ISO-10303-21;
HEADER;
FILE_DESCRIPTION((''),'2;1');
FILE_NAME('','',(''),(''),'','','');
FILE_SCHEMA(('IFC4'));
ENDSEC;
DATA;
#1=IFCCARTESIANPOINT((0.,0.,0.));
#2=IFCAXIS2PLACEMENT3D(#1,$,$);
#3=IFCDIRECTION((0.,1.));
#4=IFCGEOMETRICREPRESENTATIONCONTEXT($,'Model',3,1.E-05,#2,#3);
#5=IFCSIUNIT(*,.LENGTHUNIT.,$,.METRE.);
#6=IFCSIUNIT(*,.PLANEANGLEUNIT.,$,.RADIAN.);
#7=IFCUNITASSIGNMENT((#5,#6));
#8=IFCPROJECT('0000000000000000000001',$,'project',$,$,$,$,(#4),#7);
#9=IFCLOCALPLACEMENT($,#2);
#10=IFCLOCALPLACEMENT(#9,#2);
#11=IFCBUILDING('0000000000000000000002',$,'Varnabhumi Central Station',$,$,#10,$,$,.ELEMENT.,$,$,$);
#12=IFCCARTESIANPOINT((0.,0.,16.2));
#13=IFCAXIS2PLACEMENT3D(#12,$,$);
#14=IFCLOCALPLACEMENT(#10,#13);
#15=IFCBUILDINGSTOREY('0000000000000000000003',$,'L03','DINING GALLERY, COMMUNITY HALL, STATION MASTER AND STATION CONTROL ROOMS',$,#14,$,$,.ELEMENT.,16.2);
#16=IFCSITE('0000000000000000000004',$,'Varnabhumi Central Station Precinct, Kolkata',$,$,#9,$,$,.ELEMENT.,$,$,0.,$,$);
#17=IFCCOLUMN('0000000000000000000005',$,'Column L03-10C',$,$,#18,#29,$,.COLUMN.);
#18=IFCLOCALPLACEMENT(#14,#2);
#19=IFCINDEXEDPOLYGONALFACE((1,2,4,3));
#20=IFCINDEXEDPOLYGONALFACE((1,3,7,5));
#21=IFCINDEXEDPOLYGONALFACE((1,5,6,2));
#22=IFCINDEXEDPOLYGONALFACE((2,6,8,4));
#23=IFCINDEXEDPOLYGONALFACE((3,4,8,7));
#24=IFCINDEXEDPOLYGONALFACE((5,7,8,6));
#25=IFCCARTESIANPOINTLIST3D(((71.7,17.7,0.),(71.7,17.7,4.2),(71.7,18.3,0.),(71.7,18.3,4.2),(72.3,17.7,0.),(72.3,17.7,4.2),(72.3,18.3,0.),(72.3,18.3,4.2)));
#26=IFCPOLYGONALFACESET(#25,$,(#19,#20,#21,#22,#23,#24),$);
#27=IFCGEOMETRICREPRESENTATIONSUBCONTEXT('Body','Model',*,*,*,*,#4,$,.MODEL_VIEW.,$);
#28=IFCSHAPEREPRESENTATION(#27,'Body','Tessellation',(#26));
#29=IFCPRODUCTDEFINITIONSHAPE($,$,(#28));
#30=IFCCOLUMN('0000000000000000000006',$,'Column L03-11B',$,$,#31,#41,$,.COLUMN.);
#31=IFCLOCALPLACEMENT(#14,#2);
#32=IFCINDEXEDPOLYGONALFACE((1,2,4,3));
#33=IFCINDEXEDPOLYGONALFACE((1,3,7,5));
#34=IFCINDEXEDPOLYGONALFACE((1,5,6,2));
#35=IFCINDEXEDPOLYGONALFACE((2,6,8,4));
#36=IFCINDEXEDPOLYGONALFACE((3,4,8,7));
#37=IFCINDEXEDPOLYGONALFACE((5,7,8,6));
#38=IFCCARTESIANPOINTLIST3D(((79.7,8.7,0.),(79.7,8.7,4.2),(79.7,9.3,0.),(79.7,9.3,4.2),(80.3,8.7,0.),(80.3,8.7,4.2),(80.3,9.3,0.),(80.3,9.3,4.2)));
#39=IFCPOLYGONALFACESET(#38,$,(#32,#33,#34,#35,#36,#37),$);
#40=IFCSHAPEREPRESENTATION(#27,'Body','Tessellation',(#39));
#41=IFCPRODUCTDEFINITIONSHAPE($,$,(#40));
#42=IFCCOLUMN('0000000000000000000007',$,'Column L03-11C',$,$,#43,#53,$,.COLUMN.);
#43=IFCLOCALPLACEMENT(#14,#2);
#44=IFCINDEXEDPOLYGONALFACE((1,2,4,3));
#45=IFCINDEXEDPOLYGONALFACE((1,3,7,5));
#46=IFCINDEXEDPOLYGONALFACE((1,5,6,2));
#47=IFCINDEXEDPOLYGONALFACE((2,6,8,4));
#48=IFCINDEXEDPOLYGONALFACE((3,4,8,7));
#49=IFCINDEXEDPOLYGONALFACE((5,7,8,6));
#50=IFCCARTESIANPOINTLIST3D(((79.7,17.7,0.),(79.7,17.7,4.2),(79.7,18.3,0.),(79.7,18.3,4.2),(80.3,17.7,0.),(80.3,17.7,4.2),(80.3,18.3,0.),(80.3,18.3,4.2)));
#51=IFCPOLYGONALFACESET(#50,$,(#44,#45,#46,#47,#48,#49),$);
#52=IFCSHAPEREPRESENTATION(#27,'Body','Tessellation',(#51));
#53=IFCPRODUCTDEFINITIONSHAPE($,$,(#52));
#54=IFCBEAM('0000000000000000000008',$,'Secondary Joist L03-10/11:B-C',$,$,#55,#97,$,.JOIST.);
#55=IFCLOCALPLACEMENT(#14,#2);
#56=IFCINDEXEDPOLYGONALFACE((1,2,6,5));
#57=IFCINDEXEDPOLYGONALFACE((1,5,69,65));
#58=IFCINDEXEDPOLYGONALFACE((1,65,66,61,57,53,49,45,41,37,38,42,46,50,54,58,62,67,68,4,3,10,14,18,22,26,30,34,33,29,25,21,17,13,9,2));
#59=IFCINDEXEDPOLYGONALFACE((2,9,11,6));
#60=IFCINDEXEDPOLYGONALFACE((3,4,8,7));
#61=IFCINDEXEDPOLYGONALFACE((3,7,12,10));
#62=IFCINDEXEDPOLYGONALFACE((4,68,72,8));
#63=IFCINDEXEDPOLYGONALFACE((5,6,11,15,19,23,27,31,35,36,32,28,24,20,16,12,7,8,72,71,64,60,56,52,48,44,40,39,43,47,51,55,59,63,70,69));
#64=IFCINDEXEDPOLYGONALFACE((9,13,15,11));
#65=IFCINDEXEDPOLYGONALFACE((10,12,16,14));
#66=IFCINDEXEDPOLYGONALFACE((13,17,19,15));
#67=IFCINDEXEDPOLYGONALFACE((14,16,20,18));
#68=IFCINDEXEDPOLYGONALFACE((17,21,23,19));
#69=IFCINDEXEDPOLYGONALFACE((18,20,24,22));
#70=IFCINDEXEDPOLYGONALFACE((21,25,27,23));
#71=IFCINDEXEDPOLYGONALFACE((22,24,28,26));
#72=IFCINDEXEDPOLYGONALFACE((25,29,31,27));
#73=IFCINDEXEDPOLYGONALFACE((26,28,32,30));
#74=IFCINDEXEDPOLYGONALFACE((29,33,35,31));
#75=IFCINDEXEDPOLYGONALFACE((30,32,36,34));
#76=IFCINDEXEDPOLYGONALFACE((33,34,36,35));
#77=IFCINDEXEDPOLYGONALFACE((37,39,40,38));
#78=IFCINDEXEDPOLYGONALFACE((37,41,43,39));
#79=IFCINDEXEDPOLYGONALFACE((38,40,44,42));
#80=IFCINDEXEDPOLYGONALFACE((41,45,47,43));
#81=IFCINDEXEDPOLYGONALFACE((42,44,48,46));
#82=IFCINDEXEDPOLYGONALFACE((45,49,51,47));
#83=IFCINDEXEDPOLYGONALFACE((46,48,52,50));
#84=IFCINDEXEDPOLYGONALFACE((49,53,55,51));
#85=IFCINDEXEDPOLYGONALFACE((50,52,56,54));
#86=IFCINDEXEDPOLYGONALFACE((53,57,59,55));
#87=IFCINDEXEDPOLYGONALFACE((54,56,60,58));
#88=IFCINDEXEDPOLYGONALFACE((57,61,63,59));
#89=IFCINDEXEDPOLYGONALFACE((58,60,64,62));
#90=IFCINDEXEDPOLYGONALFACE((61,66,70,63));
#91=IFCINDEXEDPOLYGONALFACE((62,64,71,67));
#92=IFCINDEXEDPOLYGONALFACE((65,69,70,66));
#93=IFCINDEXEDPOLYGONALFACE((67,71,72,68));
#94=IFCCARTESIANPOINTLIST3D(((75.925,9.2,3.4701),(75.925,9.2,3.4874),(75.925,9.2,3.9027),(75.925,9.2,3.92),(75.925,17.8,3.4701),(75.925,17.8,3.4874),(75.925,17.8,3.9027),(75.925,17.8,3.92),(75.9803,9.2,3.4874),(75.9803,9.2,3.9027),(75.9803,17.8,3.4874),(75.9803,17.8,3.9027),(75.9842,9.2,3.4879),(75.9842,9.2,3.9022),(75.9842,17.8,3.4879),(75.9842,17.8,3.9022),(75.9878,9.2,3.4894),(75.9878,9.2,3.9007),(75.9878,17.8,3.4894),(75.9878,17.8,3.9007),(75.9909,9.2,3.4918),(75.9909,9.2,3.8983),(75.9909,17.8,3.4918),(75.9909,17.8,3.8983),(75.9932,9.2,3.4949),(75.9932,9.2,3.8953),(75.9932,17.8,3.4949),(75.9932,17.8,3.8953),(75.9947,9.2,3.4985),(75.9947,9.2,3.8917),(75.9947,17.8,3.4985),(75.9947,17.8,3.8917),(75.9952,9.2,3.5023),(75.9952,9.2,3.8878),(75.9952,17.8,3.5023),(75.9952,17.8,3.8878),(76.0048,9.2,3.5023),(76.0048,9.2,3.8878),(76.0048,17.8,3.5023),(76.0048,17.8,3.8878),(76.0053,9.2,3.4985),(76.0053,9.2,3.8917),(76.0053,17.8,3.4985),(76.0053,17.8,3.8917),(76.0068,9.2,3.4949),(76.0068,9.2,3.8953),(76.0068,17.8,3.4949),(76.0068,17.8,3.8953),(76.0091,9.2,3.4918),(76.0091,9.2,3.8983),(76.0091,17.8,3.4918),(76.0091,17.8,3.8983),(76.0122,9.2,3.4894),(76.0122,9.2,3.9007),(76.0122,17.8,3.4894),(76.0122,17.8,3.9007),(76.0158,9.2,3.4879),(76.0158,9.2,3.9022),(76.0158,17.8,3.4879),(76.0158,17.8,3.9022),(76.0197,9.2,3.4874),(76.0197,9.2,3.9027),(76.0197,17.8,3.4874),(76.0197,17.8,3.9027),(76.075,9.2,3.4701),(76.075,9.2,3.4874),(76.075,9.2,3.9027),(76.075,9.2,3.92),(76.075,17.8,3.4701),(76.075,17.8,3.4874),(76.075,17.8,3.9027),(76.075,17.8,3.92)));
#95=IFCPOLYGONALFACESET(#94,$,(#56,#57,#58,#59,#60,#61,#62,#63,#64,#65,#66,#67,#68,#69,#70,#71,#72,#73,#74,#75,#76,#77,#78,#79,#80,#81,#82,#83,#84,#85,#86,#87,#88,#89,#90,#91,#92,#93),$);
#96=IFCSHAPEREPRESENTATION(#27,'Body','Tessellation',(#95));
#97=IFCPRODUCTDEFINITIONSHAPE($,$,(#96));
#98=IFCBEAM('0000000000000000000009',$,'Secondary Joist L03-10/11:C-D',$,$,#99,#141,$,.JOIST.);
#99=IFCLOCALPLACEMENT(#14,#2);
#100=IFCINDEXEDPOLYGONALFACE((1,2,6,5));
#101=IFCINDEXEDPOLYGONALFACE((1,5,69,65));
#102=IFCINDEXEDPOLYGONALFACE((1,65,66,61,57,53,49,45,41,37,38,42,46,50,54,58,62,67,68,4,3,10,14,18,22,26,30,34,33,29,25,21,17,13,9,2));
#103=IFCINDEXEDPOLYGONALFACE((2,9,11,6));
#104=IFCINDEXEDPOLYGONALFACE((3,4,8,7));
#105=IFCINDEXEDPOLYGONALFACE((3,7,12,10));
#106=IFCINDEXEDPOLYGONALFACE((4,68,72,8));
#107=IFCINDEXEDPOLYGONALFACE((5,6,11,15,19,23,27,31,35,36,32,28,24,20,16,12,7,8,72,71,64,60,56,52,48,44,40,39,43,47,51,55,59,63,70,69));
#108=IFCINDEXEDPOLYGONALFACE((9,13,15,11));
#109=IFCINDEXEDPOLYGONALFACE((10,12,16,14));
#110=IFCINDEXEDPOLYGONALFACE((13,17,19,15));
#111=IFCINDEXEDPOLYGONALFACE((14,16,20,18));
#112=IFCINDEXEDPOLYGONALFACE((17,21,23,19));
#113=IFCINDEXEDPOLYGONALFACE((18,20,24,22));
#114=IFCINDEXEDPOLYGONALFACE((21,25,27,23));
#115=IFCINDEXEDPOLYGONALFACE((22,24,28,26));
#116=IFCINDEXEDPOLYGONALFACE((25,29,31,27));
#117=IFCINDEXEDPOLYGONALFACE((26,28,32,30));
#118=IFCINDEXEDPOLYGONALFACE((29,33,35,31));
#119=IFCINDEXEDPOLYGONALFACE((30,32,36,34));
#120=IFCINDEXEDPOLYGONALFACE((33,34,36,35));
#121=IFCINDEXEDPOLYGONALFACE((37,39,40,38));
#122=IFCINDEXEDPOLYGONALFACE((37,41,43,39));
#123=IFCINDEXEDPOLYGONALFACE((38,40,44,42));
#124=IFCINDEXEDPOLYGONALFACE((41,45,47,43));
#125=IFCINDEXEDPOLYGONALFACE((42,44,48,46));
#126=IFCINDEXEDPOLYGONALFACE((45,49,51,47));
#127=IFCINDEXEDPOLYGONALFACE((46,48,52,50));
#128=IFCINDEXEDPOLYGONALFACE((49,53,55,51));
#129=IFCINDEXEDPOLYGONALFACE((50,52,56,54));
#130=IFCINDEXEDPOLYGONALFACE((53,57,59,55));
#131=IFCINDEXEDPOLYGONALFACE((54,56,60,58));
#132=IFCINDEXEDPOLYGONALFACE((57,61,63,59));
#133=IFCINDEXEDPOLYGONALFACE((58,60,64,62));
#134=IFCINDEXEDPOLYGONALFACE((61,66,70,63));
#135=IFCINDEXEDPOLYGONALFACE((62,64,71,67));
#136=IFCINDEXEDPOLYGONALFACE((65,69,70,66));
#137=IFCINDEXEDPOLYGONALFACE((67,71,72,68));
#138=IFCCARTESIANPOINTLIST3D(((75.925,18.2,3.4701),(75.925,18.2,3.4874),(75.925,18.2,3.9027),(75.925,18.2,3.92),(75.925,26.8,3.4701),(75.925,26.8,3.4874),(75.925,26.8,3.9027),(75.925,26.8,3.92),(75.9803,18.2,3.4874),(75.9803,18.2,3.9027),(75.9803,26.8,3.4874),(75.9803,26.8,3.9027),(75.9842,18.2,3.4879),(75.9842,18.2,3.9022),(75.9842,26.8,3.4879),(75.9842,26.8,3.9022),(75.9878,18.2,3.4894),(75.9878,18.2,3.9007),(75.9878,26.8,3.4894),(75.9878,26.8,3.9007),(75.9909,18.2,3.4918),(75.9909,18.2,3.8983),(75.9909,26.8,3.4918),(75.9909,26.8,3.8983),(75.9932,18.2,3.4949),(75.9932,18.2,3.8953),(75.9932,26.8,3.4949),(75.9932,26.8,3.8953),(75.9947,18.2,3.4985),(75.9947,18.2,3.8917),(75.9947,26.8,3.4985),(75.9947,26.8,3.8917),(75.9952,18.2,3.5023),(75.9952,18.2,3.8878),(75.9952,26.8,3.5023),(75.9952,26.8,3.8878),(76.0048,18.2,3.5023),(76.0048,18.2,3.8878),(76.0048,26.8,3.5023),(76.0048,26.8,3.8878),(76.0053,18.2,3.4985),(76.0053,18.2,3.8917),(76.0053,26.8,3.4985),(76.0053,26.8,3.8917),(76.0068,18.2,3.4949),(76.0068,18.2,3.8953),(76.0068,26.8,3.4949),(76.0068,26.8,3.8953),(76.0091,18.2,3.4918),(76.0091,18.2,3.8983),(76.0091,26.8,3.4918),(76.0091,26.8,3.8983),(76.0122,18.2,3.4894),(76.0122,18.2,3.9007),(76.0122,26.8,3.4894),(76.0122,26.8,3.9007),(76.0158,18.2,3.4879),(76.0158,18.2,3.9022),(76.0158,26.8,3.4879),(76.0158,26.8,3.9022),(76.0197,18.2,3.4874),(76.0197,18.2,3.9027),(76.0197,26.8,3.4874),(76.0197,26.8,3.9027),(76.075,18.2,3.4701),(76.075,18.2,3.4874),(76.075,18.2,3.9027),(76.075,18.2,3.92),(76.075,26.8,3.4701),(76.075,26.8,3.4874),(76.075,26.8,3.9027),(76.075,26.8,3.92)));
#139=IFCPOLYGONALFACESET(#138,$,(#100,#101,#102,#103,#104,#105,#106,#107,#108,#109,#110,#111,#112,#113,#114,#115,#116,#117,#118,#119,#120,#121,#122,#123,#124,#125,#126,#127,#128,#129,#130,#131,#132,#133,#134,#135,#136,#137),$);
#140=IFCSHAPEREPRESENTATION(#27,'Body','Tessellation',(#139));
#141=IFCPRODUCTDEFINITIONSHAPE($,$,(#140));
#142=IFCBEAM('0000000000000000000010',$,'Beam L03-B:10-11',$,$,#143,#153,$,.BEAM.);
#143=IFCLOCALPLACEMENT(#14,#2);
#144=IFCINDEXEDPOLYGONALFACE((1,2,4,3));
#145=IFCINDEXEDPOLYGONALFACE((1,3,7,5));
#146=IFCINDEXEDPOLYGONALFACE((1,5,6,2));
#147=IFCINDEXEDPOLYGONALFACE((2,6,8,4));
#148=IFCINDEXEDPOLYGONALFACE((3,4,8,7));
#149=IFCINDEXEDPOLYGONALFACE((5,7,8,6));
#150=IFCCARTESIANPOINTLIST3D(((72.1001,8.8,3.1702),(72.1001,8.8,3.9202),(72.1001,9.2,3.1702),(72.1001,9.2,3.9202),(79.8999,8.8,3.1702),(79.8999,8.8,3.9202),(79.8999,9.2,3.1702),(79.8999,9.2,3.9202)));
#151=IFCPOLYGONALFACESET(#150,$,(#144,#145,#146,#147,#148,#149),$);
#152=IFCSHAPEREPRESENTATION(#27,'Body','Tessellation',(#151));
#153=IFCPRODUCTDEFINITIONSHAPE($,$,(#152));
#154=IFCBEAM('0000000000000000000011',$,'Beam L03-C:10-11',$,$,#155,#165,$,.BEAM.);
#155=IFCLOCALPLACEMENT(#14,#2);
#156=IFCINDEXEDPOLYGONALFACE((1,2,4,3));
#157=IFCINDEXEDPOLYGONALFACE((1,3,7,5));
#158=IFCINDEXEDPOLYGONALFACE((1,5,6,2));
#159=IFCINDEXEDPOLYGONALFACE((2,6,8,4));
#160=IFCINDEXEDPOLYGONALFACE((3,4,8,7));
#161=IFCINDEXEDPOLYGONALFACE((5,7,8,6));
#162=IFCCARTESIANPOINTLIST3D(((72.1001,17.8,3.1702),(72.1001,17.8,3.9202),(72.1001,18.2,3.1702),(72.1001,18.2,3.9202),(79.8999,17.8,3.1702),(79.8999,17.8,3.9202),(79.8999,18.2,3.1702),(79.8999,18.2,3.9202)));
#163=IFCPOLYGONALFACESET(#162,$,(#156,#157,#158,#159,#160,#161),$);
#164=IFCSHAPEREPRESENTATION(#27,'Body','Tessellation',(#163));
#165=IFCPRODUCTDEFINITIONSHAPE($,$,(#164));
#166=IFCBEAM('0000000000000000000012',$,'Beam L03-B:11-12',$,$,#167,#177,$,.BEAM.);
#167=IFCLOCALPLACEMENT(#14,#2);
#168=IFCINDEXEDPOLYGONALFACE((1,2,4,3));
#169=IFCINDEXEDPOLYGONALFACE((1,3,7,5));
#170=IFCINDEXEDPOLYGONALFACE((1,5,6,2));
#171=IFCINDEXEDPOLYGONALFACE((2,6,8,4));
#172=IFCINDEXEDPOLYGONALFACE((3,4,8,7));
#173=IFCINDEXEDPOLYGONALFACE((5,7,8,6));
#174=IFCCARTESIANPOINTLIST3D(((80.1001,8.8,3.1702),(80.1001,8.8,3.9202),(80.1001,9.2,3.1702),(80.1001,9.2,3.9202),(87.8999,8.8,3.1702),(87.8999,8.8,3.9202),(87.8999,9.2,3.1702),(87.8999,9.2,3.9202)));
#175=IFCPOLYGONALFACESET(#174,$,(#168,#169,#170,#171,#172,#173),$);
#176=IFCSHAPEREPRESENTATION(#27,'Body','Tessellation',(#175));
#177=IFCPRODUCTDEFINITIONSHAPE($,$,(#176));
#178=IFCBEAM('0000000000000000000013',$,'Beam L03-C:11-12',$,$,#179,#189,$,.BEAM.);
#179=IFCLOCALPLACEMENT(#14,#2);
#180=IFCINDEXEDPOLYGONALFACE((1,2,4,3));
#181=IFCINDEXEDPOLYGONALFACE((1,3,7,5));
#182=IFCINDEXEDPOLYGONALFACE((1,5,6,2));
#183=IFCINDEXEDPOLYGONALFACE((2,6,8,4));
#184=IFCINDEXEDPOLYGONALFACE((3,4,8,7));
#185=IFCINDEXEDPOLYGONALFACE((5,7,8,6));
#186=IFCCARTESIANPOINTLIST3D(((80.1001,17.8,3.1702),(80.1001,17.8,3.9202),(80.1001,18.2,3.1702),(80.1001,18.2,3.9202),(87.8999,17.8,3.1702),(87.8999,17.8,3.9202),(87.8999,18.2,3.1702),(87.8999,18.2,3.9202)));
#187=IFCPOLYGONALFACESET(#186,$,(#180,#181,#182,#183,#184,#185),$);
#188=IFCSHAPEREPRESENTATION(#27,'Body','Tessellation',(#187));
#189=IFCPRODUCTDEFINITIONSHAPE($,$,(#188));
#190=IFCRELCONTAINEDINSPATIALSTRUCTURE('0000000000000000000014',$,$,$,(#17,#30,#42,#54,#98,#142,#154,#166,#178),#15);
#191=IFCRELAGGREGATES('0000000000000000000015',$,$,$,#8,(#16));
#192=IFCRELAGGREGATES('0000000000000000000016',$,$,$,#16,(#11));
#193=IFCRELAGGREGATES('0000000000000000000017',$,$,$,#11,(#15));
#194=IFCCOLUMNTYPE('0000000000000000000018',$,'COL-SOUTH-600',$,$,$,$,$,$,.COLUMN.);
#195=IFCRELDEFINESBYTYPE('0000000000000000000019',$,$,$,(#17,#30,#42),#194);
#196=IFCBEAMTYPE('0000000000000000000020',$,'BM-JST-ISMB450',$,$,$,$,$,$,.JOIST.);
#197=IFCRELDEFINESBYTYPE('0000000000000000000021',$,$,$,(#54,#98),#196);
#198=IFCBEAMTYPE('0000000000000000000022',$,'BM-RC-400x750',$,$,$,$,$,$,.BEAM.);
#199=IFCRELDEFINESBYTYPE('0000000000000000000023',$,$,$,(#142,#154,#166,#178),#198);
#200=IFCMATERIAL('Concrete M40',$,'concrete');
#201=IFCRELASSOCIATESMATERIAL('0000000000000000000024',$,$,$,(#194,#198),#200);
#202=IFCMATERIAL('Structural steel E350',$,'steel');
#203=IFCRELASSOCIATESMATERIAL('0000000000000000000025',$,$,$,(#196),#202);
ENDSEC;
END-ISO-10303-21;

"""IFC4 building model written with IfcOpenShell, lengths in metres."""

from ifc_helpers import new_model, si_unit, direction, frame, origin, origin_2d, place, context, subcontext, project, spatial, rectangle, i_section, extrude, material, material_profile, profile_set, type_object, element, save


model = new_model("IFC4")

# Units and contexts
model_context = context("Model", 3, precision=1e-05, world=origin(), true_north=direction((0.0, 1.0)))
body_context = subcontext(model_context, "Body", "Model", "MODEL_VIEW")
ifc_project = project(units=[si_unit("LENGTHUNIT", "METRE"), si_unit("PLANEANGLEUNIT", "RADIAN")], contexts=[model_context])

# Site, building, storey
site_placement = place(None, origin())
site = spatial("IfcSite", under=ifc_project, at=site_placement, Name="Varnabhumi Central Station Precinct, Kolkata", CompositionType="ELEMENT", RefElevation=0.0)
building_placement = place(site_placement, origin())
building = spatial("IfcBuilding", under=site, at=building_placement, Name="Varnabhumi Central Station", CompositionType="ELEMENT")
storey_placement = place(building_placement, frame((0.0, 0.0, 16.2)))
storey = spatial("IfcBuildingStorey", under=building, at=storey_placement, Name="L03", Description="DINING GALLERY, COMMUNITY HALL, STATION MASTER AND STATION CONTROL ROOMS", CompositionType="ELEMENT", Elevation=16.2)

# Columns
ifc_material_1 = material(Name="Concrete M40", Category="concrete")
ifc_material_profile_1 = material_profile(ifc_material_1, rectangle(XDim=0.6001, YDim=0.6001, at=origin_2d()), Name="Concrete M40", Category="concrete")
ifc_profile_set_1 = profile_set([ifc_material_profile_1], Name="Concrete M40")
column_type = type_object("IfcColumnType", Name="COL-SOUTH-600", PredefinedType="COLUMN", material=ifc_profile_set_1)
for number, where, z_axis, x_axis, name in (
    (1, (72.0, 18.0, 0.0), (0.0, 0.0, 1.0), (1.0, 0.0, 0.0), "Column L03-10C"),
    (2, (80.0, 9.0, 0.0), (0.0, 0.0, 1.0), (1.0, 0.0, 0.0), "Column L03-11B"),
    (3, (80.0, 18.0, 0.0), (0.0, 0.0, 1.0), (1.0, 0.0, 0.0), "Column L03-11C"),
):
    element("IfcColumn", number, at=place(storey_placement, frame(where, z_axis=z_axis, x_axis=x_axis)), inside=storey, type_object=column_type, Name=name, PredefinedType="COLUMN", context=body_context, shape_type="SweptSolid", body=[
        extrude(rectangle(XDim=0.6001, YDim=0.6001, at=origin_2d()), origin(), (0.0, 0.0, 1.0), 4.2),
    ])

# Beams
ifc_material_2 = material(Name="Structural steel E350", Category="steel")
ifc_material_profile_2 = material_profile(ifc_material_2, i_section(OverallWidth=0.1499, OverallDepth=0.45, WebThickness=0.0095, FlangeThickness=0.0173, FilletRadius=0.0149, at=origin_2d()), Name="Structural steel E350", Category="steel")
ifc_profile_set_2 = profile_set([ifc_material_profile_2], Name="Structural steel E350")
beam_type_1 = type_object("IfcBeamType", Name="BM-JST-ISMB450", PredefinedType="JOIST", material=ifc_profile_set_2)
for number, where, z_axis, x_axis, name in (
    (4, (76.0, 9.2, 3.6951), (0.0, 1.0, 0.0), (-1.0, 0.0, 0.0), "Secondary Joist L03-10/11:B-C"),
    (5, (76.0, 18.2, 3.6951), (0.0, 1.0, 0.0), (-1.0, 0.0, 0.0), "Secondary Joist L03-10/11:C-D"),
):
    element("IfcBeam", number, at=place(storey_placement, frame(where, z_axis=z_axis, x_axis=x_axis)), inside=storey, type_object=beam_type_1, Name=name, PredefinedType="JOIST", context=body_context, shape_type="SweptSolid", body=[
        extrude(i_section(OverallWidth=0.1499, OverallDepth=0.45, WebThickness=0.0095, FlangeThickness=0.0173, FilletRadius=0.0149, at=origin_2d()), origin(), (0.0, 0.0, 1.0), 8.6001),
    ])
ifc_material_profile_3 = material_profile(ifc_material_1, rectangle(XDim=0.3999, YDim=0.75, at=origin_2d()), Name="Concrete M40", Category="concrete")
ifc_profile_set_3 = profile_set([ifc_material_profile_3], Name="Concrete M40")
beam_type_2 = type_object("IfcBeamType", Name="BM-RC-400x750", PredefinedType="BEAM", material=ifc_profile_set_3)
for number, where, z_axis, x_axis, name in (
    (6, (72.1001, 9.0, 3.5452), (1.0, 0.0, 0.0), (0.0, 1.0, 0.0), "Beam L03-B:10-11"),
    (7, (72.1001, 18.0, 3.5452), (1.0, 0.0, 0.0), (0.0, 1.0, 0.0), "Beam L03-C:10-11"),
    (8, (80.1001, 9.0, 3.5452), (1.0, 0.0, 0.0), (0.0, 1.0, 0.0), "Beam L03-B:11-12"),
    (9, (80.1001, 18.0, 3.5452), (1.0, 0.0, 0.0), (0.0, 1.0, 0.0), "Beam L03-C:11-12"),
):
    element("IfcBeam", number, at=place(storey_placement, frame(where, z_axis=z_axis, x_axis=x_axis)), inside=storey, type_object=beam_type_2, Name=name, PredefinedType="BEAM", context=body_context, shape_type="SweptSolid", body=[
        extrude(rectangle(XDim=0.3999, YDim=0.75, at=origin_2d()), origin(), (0.0, 0.0, 1.0), 7.7998),
    ])

save(model, "model.ifc")
